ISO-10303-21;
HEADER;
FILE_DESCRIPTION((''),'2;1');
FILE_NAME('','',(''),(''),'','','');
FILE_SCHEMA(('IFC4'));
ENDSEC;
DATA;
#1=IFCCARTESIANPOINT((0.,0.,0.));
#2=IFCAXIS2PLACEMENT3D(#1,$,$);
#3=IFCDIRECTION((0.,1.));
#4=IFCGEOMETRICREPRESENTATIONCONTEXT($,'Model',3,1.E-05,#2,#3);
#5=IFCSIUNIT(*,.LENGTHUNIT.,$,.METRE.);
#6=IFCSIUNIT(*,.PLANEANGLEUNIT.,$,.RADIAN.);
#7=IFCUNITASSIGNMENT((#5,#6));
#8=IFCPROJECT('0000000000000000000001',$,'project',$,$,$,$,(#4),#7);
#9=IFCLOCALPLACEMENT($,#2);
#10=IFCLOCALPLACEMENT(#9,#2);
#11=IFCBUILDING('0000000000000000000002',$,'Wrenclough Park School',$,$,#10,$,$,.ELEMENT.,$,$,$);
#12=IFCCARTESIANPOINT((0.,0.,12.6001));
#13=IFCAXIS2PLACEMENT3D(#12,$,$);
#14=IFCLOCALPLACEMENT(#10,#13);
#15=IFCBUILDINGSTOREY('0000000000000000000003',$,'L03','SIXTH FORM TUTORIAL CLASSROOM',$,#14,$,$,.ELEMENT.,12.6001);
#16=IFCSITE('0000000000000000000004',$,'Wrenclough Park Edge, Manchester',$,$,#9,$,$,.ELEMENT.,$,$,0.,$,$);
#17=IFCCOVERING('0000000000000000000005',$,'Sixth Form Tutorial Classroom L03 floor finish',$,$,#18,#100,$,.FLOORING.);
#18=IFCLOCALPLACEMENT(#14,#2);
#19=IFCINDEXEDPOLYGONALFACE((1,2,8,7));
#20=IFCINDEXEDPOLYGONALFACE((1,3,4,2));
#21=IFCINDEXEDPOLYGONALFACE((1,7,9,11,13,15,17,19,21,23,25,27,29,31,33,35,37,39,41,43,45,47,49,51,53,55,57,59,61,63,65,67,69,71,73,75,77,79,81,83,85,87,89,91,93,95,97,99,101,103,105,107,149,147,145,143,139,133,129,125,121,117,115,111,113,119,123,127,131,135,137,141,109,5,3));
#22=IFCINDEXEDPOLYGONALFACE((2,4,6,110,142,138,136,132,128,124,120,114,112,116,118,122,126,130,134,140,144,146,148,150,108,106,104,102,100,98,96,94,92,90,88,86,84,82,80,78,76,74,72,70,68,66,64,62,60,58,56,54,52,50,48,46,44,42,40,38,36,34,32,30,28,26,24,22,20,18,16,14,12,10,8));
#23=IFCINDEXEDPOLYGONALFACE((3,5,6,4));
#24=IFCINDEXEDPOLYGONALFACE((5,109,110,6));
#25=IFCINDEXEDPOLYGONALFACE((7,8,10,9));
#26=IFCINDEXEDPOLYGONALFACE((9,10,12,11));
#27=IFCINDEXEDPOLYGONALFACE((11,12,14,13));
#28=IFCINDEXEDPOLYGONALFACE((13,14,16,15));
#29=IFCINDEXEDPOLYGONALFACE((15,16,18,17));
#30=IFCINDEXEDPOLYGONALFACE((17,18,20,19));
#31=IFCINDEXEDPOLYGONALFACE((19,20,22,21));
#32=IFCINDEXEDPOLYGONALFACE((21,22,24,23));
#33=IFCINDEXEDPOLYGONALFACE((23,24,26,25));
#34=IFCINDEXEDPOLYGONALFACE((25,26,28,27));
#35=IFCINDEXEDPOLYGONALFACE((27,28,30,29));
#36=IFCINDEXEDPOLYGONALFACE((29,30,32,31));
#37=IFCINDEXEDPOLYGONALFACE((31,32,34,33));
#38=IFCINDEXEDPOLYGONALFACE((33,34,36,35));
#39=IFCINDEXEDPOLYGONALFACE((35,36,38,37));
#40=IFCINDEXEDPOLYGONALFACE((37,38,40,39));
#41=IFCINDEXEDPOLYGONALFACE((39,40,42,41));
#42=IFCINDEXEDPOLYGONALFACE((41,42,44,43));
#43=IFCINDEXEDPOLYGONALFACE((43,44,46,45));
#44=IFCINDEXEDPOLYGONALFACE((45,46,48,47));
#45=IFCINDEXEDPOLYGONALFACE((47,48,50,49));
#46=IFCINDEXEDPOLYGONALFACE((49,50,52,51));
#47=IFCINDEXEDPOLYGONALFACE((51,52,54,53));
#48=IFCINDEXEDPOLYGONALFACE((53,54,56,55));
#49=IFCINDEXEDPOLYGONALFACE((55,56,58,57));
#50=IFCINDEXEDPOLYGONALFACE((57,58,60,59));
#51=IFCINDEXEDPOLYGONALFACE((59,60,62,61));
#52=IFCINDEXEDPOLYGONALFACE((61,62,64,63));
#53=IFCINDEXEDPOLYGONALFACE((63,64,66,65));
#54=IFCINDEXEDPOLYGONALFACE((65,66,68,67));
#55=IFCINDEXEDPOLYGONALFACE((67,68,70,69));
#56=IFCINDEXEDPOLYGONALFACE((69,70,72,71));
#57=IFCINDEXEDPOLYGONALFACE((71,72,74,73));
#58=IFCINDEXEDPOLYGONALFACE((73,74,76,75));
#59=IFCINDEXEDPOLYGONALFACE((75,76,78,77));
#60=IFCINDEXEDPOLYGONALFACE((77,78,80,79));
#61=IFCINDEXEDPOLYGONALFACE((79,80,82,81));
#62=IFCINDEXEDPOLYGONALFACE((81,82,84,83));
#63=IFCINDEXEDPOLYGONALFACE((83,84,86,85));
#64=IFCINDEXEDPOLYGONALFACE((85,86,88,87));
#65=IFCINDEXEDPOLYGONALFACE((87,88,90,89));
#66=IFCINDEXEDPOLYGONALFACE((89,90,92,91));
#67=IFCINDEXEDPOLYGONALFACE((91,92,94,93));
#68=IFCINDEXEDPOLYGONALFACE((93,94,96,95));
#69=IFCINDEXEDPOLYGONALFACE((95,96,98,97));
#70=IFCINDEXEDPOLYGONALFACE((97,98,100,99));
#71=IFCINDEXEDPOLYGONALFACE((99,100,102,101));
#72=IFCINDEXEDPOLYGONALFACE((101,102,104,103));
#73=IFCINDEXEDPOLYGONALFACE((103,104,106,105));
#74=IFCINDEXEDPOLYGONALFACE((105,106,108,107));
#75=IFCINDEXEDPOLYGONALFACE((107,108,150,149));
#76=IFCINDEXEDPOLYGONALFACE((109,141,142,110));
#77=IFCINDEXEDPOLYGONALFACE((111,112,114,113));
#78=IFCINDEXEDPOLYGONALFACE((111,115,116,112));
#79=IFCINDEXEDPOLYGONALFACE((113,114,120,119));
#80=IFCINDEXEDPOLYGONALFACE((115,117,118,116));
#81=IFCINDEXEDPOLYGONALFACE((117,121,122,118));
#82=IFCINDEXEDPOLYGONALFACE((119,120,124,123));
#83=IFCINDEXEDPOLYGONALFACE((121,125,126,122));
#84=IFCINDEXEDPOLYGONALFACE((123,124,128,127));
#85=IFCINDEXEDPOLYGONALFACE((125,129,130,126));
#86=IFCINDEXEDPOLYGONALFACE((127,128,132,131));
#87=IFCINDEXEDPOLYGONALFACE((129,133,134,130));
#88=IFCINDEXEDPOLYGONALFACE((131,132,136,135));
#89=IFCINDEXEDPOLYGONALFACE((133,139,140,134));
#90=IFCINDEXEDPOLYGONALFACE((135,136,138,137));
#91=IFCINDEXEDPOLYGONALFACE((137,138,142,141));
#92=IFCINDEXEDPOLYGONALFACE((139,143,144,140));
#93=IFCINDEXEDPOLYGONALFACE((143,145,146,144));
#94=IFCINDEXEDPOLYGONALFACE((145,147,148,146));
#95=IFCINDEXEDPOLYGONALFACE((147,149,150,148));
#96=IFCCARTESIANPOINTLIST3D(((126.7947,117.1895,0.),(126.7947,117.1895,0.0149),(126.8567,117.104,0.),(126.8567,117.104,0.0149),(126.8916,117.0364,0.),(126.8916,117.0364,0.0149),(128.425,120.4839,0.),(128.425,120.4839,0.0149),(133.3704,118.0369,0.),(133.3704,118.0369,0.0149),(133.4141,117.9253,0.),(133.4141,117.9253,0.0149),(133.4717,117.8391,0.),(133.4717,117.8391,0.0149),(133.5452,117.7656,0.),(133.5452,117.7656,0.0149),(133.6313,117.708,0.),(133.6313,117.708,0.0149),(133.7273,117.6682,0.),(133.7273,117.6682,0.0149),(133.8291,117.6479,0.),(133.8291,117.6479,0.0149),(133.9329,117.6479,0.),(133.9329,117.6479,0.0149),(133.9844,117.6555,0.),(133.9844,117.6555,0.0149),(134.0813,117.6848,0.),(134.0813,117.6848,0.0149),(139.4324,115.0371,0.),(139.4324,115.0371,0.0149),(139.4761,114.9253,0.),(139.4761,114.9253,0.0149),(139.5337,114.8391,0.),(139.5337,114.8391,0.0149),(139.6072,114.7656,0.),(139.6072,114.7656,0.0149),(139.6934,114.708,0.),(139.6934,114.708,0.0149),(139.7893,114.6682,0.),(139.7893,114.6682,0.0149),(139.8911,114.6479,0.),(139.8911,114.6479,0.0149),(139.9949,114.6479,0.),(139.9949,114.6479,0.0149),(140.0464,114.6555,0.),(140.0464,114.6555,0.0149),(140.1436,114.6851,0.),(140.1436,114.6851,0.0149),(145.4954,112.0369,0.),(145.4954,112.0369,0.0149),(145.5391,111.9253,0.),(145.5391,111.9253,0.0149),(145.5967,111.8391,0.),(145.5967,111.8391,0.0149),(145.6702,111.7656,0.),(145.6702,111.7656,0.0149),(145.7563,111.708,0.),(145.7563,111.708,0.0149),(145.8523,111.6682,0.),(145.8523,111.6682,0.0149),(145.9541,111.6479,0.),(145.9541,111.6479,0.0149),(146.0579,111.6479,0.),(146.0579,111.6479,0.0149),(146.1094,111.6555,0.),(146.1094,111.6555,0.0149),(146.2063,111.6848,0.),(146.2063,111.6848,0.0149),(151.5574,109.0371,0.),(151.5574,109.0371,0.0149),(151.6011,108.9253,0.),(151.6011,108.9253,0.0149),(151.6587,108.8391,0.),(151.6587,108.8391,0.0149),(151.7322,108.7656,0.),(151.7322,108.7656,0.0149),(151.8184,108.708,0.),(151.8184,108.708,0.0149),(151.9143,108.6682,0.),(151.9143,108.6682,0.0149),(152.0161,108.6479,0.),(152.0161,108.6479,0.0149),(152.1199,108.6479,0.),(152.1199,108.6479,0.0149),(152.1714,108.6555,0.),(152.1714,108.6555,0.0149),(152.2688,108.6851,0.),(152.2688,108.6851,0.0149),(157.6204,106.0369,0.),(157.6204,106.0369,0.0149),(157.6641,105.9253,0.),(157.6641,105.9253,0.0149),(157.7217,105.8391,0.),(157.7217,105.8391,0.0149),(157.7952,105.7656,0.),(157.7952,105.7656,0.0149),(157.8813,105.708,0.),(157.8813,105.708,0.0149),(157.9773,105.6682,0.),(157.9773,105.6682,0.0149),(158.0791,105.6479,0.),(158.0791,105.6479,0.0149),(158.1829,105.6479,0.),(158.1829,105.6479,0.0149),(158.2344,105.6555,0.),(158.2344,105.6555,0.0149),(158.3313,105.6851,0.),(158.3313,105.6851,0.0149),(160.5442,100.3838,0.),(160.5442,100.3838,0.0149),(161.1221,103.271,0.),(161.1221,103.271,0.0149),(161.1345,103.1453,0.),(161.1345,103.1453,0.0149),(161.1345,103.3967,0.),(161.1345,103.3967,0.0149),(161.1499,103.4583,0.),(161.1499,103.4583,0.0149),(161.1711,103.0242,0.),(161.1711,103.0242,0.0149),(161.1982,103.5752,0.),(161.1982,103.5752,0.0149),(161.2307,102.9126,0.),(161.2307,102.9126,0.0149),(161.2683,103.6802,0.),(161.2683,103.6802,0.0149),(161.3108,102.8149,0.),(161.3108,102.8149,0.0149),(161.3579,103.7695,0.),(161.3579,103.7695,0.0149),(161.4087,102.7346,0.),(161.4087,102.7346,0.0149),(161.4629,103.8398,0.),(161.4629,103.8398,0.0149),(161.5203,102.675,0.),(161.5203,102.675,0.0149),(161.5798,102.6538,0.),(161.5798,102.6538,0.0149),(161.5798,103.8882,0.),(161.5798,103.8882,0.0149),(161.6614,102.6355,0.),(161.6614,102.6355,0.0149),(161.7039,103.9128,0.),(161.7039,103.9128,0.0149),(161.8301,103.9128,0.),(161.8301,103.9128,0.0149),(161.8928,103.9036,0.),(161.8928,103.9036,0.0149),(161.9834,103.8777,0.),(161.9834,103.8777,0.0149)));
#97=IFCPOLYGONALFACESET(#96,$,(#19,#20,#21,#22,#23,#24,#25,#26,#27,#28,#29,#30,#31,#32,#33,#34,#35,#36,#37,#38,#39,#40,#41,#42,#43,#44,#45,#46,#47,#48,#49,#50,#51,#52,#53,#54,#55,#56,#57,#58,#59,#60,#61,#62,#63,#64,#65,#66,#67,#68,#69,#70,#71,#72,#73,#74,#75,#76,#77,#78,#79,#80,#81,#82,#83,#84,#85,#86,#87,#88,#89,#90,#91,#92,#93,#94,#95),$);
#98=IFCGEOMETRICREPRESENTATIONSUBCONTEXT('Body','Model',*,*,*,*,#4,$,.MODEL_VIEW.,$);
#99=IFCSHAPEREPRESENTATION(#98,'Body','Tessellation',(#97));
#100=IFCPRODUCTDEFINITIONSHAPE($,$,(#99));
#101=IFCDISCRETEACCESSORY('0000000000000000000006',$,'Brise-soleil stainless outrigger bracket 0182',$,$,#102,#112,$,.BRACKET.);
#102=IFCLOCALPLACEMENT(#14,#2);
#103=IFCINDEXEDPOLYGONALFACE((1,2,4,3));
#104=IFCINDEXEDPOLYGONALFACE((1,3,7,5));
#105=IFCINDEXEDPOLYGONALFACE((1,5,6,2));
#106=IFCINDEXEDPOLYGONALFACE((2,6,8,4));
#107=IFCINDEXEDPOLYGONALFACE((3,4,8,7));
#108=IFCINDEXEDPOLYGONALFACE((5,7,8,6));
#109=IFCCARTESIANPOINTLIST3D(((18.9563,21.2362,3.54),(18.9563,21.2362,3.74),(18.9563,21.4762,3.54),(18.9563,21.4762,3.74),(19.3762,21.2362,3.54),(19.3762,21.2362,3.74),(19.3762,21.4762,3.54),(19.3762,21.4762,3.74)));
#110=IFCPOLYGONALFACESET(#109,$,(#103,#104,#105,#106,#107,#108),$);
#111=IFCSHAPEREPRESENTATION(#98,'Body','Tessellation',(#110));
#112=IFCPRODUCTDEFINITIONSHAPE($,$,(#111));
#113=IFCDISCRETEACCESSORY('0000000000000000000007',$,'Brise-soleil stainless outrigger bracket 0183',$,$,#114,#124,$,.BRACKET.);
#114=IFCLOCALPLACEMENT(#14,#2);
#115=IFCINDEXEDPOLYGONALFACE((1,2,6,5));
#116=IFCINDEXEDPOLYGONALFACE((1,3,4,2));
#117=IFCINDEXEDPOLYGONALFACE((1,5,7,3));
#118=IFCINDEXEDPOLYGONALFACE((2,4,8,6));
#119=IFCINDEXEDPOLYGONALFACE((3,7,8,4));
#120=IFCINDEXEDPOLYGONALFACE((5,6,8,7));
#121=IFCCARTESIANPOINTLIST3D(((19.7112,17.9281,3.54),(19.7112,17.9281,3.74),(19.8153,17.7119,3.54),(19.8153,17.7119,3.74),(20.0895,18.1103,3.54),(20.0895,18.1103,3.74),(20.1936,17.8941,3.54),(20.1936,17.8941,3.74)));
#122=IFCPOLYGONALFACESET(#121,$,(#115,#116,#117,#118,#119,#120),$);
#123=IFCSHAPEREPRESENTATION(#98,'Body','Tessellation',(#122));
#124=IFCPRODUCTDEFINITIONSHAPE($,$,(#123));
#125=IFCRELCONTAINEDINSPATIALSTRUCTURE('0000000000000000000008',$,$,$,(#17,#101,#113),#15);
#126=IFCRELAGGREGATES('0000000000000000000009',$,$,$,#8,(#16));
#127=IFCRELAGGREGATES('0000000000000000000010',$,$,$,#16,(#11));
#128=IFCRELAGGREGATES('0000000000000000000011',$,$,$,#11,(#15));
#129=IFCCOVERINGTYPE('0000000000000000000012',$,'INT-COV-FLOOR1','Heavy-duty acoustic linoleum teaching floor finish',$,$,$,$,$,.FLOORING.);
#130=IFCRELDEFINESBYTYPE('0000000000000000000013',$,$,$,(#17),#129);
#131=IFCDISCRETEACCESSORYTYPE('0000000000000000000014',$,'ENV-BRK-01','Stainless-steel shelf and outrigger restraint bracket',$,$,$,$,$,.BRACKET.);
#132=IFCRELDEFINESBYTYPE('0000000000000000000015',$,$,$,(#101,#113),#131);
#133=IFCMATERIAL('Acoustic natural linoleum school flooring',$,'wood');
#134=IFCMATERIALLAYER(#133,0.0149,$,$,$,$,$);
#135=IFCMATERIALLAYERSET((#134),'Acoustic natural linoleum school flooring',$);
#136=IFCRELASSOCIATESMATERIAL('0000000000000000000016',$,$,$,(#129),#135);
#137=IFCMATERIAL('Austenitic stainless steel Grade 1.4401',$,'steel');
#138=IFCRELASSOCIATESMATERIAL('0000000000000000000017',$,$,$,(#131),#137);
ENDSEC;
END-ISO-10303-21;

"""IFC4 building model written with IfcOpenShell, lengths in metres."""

from ifc_helpers import new_model, si_unit, direction, frame, origin, origin_2d, place, context, subcontext, project, spatial, polyline, rectangle, outline, extrude, material, layer, layer_set, type_object, element, save


model = new_model("IFC4")

# Units and contexts
model_context = context("Model", 3, precision=1e-05, world=origin(), true_north=direction((0.0, 1.0)))
body_context = subcontext(model_context, "Body", "Model", "MODEL_VIEW")
ifc_project = project(units=[si_unit("LENGTHUNIT", "METRE"), si_unit("PLANEANGLEUNIT", "RADIAN")], contexts=[model_context])

# Site, building, storey
site_placement = place(None, origin())
site = spatial("IfcSite", under=ifc_project, at=site_placement, Name="Wrenclough Park Edge, Manchester", CompositionType="ELEMENT", RefElevation=0.0)
building_placement = place(site_placement, origin())
building = spatial("IfcBuilding", under=site, at=building_placement, Name="Wrenclough Park School", CompositionType="ELEMENT")
storey_placement = place(building_placement, frame((0.0, 0.0, 12.6001)))
storey = spatial("IfcBuildingStorey", under=building, at=storey_placement, Name="L03", Description="SIXTH FORM TUTORIAL CLASSROOM", CompositionType="ELEMENT", Elevation=12.6001)

# Covering
ifc_material_1 = material(Name="Acoustic natural linoleum school flooring", Category="wood")
ifc_layer_1 = layer(ifc_material_1, 0.0149)
ifc_layer_set_1 = layer_set([ifc_layer_1], Name="Acoustic natural linoleum school flooring")
covering_type_1 = type_object("IfcCoveringType", Name="INT-COV-FLOOR1", Description="Heavy-duty acoustic linoleum teaching floor finish", PredefinedType="FLOORING", material=ifc_layer_set_1)
covering_1_placement = place(storey_placement, origin())
element("IfcCovering", 1, at=covering_1_placement, inside=storey, type_object=covering_type_1, Name="Sixth Form Tutorial Classroom L03 floor finish", PredefinedType="FLOORING", context=body_context, shape_type="SweptSolid", body=[
    extrude(outline(polyline([(126.8916, 117.0364), (160.5442, 100.3838), (161.6614, 102.6355), (161.5798, 102.6538), (161.5203, 102.675), (161.4087, 102.7346), (161.3108, 102.8149), (161.2307, 102.9126), (161.1711, 103.0242), (161.1345, 103.1453), (161.1221, 103.271), (161.1345, 103.3967), (161.1499, 103.4583), (161.1982, 103.5752), (161.2683, 103.6802), (161.3579, 103.7695), (161.4629, 103.8398), (161.5798, 103.8882), (161.7039, 103.9128), (161.8301, 103.9128), (161.8928, 103.9036), (161.9834, 103.8777), (158.3313, 105.6851), (158.2344, 105.6555), (158.1829, 105.6479), (158.0791, 105.6479), (157.9773, 105.6682), (157.8813, 105.708), (157.7952, 105.7656), (157.7217, 105.8391), (157.6641, 105.9253), (157.6204, 106.0369), (152.2688, 108.6851), (152.1714, 108.6555), (152.1199, 108.6479), (152.0161, 108.6479), (151.9143, 108.6682), (151.8184, 108.708), (151.7322, 108.7656), (151.6587, 108.8391), (151.6011, 108.9253), (151.5574, 109.0371), (146.2063, 111.6848), (146.1094, 111.6555), (146.0579, 111.6479), (145.9541, 111.6479), (145.8523, 111.6682), (145.7563, 111.708), (145.6702, 111.7656), (145.5967, 111.8391), (145.5391, 111.9253), (145.4954, 112.0369), (140.1436, 114.6851), (140.0464, 114.6555), (139.9949, 114.6479), (139.8911, 114.6479), (139.7893, 114.6682), (139.6934, 114.708), (139.6072, 114.7656), (139.5337, 114.8391), (139.4761, 114.9253), (139.4324, 115.0371), (134.0813, 117.6848), (133.9844, 117.6555), (133.9329, 117.6479), (133.8291, 117.6479), (133.7273, 117.6682), (133.6313, 117.708), (133.5452, 117.7656), (133.4717, 117.8391), (133.4141, 117.9253), (133.3704, 118.0369), (128.425, 120.4839), (126.7947, 117.1895), (126.8567, 117.104), (126.8916, 117.0364)])), origin(), (0.0, 0.0, 1.0), 0.0149),
])

# Discrete accessories
ifc_material_2 = material(Name="Austenitic stainless steel Grade 1.4401", Category="steel")
discrete_accessory_type = type_object("IfcDiscreteAccessoryType", Name="ENV-BRK-01", Description="Stainless-steel shelf and outrigger restraint bracket", PredefinedType="BRACKET", material=ifc_material_2)
for number, where, z_axis, x_axis, name in (
    (2, (19.1663, 21.3562, 3.54), (0.0, 0.0, 1.0), (0.0, -1.0, 0.0), "Brise-soleil stainless outrigger bracket 0182"),
    (3, (19.9524, 17.9111, 3.54), (0.0, 0.0, 1.0), (0.433883, -0.900969, 0.0), "Brise-soleil stainless outrigger bracket 0183"),
):
    element("IfcDiscreteAccessory", number, at=place(storey_placement, frame(where, z_axis=z_axis, x_axis=x_axis)), inside=storey, type_object=discrete_accessory_type, Name=name, PredefinedType="BRACKET", context=body_context, shape_type="SweptSolid", body=[
        extrude(rectangle(XDim=0.24, YDim=0.4199, at=origin_2d()), origin(), (0.0, 0.0, 1.0), 0.2),
    ])

save(model, "model.ifc")
